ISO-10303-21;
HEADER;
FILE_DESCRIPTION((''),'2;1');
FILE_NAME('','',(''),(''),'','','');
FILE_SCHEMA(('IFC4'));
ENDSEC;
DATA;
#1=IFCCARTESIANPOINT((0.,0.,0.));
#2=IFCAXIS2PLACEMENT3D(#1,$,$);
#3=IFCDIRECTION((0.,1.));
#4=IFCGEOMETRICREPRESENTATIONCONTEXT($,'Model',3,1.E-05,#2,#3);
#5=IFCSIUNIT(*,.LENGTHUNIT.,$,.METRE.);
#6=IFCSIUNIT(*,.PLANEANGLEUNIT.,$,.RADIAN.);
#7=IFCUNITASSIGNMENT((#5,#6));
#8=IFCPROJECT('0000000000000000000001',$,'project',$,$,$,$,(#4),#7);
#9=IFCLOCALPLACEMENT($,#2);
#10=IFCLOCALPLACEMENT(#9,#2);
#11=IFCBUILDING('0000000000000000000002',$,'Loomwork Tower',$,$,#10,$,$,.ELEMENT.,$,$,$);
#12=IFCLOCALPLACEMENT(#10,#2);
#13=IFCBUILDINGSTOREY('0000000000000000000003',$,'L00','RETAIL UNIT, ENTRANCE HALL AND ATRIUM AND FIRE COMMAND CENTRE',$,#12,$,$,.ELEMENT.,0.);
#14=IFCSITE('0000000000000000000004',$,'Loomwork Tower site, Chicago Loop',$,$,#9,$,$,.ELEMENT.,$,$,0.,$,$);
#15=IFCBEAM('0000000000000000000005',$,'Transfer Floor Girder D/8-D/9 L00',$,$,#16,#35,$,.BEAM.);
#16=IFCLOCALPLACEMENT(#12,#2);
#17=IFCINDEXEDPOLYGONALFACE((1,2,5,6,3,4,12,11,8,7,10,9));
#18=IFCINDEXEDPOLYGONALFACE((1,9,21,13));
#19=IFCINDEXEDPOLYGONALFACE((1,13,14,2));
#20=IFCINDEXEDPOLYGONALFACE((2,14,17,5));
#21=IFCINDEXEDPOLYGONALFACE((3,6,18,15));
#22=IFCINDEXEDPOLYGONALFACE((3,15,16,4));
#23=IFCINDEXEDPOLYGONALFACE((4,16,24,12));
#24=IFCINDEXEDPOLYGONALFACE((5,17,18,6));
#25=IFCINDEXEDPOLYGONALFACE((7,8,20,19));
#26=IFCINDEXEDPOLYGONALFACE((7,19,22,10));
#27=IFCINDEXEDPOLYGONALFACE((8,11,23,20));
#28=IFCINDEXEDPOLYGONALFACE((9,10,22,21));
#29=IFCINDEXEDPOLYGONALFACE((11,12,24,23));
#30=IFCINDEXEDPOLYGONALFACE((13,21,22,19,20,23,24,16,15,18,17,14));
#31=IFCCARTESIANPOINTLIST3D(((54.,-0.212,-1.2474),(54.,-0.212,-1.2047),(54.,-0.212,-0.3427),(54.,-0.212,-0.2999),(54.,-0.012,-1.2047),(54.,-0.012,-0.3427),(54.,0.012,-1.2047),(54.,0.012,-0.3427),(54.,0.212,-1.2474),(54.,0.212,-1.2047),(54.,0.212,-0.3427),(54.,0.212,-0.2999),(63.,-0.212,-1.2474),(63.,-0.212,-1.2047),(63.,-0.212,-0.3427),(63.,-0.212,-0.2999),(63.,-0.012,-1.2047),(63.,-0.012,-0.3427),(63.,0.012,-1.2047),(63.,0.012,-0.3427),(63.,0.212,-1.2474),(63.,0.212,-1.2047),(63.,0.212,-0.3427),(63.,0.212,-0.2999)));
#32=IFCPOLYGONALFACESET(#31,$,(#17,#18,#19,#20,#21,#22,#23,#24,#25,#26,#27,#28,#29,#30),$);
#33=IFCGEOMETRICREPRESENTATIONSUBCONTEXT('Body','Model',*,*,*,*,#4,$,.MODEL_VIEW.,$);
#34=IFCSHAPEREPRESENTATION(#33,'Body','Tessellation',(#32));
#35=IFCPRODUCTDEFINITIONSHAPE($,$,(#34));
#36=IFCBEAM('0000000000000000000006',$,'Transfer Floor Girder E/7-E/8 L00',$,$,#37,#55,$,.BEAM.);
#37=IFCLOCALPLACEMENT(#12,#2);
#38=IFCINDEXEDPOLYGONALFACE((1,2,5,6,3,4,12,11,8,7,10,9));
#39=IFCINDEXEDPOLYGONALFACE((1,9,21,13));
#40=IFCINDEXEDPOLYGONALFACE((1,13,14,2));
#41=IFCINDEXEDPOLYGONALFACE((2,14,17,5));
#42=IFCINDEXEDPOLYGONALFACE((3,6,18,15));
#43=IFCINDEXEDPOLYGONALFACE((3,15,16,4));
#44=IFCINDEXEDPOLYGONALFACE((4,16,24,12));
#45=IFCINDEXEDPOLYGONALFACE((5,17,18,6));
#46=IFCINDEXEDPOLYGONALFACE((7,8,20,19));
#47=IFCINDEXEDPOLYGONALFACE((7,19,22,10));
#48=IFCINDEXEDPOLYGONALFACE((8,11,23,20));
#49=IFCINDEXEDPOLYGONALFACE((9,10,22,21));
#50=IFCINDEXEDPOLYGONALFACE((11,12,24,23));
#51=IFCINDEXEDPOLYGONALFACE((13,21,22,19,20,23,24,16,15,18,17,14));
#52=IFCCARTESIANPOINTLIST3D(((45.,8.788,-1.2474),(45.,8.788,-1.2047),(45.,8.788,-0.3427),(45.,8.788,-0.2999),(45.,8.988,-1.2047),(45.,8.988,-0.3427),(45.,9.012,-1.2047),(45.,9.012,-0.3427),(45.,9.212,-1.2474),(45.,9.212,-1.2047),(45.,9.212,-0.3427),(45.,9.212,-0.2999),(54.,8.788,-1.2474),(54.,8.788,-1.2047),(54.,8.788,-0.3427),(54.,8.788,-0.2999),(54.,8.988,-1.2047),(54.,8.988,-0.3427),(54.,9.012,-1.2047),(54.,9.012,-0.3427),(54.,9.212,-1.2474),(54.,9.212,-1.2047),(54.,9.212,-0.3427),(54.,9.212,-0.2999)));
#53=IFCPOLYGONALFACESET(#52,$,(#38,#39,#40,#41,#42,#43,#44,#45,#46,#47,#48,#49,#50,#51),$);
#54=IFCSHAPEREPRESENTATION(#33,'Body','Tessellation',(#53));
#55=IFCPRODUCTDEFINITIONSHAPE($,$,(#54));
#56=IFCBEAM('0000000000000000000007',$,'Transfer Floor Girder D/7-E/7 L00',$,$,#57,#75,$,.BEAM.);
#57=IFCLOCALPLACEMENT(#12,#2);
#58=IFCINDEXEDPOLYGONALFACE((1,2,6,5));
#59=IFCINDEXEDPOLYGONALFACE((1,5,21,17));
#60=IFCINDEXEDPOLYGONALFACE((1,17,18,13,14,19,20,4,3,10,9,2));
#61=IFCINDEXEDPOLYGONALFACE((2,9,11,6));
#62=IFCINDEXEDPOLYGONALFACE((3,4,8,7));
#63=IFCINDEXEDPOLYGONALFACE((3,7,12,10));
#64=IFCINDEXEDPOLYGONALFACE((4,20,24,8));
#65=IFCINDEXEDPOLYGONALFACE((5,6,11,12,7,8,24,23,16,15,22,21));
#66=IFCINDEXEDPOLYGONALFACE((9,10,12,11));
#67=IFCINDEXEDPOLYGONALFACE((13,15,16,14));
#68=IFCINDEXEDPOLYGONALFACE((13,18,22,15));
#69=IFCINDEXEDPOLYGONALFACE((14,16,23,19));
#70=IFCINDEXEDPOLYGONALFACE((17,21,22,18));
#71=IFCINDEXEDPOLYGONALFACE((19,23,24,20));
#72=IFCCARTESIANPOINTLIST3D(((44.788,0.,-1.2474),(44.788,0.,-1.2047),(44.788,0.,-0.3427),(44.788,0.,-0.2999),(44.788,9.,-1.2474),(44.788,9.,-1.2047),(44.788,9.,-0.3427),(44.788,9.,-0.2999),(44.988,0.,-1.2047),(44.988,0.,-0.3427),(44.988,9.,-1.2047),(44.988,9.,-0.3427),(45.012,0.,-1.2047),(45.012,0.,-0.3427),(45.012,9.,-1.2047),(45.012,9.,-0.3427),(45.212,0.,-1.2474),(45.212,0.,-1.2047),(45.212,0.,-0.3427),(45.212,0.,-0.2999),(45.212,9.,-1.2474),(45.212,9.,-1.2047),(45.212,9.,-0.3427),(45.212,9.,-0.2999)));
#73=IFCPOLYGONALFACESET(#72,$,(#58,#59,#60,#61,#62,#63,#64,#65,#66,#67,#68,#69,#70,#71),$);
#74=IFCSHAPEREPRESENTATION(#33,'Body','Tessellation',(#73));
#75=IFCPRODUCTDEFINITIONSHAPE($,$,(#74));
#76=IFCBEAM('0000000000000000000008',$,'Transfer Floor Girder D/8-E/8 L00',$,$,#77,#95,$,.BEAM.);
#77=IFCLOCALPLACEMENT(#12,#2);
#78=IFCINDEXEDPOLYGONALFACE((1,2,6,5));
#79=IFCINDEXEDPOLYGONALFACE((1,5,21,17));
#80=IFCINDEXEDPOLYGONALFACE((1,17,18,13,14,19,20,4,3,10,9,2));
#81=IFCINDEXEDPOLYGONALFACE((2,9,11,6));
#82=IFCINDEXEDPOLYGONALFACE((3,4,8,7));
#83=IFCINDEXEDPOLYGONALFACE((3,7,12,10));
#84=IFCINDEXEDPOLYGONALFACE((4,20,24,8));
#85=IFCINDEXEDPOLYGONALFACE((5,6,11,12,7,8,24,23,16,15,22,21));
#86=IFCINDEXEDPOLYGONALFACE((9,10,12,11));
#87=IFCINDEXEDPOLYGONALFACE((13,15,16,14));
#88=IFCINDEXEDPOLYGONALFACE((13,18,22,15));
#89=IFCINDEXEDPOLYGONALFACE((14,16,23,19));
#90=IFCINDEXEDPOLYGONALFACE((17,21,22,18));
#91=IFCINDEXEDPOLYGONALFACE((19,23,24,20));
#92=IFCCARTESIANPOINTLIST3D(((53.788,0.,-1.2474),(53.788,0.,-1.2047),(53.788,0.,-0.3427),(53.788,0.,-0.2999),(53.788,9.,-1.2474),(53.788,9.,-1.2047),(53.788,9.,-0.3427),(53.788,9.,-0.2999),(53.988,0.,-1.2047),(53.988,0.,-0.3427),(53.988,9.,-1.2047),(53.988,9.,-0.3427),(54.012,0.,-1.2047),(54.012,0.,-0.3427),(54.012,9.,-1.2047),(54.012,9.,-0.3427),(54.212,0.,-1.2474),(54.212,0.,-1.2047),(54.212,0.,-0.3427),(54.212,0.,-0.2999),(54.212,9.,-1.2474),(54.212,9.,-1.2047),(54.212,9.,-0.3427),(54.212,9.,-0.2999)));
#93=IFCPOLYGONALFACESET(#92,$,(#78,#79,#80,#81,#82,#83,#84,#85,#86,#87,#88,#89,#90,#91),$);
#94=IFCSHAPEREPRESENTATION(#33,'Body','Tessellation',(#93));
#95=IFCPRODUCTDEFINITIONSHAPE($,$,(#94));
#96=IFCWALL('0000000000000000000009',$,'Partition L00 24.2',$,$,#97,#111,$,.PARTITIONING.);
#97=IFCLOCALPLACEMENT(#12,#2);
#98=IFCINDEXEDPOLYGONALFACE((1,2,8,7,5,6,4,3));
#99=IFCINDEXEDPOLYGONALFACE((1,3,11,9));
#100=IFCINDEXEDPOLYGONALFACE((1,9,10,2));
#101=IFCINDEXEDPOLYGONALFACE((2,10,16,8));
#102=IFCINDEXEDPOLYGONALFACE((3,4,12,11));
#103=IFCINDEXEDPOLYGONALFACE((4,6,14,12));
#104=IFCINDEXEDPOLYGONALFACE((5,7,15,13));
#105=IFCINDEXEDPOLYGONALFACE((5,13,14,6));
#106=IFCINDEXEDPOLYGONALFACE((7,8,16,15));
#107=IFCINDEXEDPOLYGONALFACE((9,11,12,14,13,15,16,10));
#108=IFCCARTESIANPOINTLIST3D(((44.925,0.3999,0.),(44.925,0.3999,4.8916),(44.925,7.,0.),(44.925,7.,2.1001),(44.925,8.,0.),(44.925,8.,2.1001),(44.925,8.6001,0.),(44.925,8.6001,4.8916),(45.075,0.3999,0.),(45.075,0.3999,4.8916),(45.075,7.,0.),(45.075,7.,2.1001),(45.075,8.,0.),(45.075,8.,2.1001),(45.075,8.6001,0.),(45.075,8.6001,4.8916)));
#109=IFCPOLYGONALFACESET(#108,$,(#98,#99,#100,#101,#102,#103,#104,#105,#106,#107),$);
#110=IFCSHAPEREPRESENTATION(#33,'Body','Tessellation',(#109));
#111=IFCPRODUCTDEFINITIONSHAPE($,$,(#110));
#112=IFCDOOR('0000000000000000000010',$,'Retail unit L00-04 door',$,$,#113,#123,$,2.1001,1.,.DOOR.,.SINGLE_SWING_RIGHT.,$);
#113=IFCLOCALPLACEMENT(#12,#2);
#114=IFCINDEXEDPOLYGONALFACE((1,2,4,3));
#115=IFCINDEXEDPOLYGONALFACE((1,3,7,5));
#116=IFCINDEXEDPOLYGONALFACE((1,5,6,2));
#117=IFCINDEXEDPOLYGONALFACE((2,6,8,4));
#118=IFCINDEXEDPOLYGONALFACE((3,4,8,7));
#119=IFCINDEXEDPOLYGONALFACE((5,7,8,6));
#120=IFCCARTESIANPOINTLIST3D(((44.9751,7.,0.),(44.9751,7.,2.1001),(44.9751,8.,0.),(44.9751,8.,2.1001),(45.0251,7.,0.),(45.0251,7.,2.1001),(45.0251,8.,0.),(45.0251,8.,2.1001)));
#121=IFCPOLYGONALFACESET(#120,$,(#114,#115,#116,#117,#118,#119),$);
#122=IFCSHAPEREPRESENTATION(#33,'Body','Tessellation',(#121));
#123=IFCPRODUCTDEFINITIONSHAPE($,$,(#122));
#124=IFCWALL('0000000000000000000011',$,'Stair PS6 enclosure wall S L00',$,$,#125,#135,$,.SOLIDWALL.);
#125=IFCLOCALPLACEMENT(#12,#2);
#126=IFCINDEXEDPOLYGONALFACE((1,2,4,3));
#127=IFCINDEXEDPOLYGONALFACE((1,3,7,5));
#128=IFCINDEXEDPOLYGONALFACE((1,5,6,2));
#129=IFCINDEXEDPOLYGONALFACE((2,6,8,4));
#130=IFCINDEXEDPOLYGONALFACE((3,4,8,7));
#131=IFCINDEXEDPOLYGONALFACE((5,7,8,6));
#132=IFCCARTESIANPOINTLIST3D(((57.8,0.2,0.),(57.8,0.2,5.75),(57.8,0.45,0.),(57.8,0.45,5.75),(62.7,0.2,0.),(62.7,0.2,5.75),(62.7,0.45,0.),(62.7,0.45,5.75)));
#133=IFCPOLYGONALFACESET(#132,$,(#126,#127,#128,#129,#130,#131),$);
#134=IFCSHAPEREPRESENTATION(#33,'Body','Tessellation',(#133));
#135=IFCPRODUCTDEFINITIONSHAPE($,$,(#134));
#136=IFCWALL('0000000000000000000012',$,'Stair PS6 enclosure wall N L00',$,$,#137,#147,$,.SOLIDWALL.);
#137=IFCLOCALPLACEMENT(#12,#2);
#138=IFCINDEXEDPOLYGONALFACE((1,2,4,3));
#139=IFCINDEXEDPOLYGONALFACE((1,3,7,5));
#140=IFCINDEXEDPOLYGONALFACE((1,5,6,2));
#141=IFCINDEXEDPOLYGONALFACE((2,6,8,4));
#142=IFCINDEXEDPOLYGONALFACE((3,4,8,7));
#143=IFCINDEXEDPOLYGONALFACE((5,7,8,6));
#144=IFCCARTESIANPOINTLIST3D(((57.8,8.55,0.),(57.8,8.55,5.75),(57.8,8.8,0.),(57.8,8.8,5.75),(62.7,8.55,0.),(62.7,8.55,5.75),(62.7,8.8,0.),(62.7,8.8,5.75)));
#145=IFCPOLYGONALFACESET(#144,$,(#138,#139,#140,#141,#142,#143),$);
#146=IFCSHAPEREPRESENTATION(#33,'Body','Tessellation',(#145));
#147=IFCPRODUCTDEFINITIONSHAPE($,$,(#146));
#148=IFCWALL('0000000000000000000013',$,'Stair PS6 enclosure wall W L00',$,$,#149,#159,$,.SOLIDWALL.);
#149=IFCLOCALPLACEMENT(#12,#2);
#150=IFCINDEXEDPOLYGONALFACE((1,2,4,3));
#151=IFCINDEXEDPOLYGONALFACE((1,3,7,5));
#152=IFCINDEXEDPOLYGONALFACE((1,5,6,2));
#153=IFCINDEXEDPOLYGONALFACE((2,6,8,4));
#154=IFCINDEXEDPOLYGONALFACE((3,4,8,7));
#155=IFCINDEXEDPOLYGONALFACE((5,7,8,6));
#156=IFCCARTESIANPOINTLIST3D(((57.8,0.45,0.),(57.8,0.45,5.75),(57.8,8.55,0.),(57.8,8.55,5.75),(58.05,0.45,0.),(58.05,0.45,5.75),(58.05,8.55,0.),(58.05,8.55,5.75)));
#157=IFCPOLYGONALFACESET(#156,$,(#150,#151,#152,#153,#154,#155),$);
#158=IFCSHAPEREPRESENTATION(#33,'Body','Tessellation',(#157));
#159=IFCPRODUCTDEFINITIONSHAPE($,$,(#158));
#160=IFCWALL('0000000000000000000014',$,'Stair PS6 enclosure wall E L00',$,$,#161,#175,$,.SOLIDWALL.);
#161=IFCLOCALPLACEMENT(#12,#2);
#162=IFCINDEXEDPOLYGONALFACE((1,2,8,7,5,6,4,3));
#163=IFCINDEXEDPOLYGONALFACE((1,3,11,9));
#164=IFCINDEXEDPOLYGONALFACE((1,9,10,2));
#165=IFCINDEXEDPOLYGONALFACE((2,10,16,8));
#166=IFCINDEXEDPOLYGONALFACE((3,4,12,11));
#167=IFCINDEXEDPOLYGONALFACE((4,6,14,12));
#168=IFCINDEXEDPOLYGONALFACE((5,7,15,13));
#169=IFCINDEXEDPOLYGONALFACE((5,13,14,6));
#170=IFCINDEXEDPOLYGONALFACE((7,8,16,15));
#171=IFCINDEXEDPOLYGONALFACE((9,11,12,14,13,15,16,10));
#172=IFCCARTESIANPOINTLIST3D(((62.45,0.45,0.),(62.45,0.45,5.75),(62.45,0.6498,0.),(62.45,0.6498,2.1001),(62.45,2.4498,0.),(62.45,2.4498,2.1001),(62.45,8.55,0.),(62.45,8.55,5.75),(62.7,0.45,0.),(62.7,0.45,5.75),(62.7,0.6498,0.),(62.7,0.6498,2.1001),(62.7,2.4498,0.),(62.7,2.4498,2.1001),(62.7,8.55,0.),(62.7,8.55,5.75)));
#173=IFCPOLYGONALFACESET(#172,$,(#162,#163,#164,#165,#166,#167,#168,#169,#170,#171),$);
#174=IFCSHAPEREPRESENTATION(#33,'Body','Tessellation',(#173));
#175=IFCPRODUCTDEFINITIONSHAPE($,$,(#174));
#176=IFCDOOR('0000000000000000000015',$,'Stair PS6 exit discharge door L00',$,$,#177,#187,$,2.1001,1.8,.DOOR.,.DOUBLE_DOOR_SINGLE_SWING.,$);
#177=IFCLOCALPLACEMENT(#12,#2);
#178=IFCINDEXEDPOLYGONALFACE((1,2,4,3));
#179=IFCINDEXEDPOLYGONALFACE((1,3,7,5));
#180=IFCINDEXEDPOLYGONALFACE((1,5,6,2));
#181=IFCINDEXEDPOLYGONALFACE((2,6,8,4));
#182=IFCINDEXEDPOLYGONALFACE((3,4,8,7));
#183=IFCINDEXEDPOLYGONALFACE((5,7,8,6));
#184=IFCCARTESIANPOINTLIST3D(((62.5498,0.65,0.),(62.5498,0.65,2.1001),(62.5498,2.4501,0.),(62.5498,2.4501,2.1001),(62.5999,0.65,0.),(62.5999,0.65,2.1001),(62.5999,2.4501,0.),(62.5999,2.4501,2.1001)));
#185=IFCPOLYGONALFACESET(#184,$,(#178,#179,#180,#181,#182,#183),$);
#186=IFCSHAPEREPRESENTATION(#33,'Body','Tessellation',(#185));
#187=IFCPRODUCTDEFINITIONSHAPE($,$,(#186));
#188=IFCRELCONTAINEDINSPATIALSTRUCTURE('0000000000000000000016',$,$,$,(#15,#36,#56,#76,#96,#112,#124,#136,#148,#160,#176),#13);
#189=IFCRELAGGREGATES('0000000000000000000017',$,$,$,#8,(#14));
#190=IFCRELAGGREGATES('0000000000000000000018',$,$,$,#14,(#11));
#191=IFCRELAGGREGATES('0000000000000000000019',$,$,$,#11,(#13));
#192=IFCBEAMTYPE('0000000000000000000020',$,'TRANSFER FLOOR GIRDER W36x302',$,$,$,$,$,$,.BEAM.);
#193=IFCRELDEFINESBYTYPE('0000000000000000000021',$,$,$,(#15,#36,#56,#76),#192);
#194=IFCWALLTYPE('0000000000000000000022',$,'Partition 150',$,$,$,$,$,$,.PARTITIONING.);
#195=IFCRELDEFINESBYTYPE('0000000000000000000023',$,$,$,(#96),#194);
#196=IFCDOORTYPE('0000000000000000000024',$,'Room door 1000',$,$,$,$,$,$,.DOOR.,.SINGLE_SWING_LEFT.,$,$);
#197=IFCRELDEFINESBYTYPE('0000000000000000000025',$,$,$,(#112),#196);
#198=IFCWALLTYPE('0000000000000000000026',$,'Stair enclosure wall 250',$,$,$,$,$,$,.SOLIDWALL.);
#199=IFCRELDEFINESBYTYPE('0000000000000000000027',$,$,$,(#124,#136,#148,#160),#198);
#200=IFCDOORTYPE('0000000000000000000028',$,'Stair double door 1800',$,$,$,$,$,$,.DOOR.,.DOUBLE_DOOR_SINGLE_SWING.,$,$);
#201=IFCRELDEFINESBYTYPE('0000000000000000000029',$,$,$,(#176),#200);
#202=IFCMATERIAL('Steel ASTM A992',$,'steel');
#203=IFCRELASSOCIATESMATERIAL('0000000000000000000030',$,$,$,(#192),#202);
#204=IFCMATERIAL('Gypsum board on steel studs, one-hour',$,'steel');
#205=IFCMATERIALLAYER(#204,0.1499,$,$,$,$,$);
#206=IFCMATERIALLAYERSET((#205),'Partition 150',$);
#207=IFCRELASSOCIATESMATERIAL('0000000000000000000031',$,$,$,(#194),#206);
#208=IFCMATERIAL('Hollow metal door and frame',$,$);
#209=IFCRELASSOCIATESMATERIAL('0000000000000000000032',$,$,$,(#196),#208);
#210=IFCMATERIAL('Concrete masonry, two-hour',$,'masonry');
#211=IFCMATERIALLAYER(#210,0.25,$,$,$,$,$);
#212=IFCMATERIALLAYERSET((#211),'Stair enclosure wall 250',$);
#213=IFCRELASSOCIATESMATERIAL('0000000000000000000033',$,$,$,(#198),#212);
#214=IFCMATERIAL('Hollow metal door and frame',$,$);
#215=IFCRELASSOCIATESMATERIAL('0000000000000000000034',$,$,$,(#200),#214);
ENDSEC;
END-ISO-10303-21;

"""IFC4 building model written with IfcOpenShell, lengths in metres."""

from ifc_helpers import new_model, si_unit, direction, frame, frame_2d, origin, origin_2d, place, context, subcontext, project, spatial, rectangle, i_section, extrude, material, layer, layer_set, material_profile, profile_set, type_object, element, fill, save


model = new_model("IFC4")

# Units and contexts
model_context = context("Model", 3, precision=1e-05, world=origin(), true_north=direction((0.0, 1.0)))
body_context = subcontext(model_context, "Body", "Model", "MODEL_VIEW")
ifc_project = project(units=[si_unit("LENGTHUNIT", "METRE"), si_unit("PLANEANGLEUNIT", "RADIAN")], contexts=[model_context])

# Site, building, storey
site_placement = place(None, origin())
site = spatial("IfcSite", under=ifc_project, at=site_placement, Name="Loomwork Tower site, Chicago Loop", CompositionType="ELEMENT", RefElevation=0.0)
building_placement = place(site_placement, origin())
building = spatial("IfcBuilding", under=site, at=building_placement, Name="Loomwork Tower", CompositionType="ELEMENT")
storey_placement = place(building_placement, origin())
storey = spatial("IfcBuildingStorey", under=building, at=storey_placement, Name="L00", Description="RETAIL UNIT, ENTRANCE HALL AND ATRIUM AND FIRE COMMAND CENTRE", CompositionType="ELEMENT", Elevation=0.0)

# Beams
ifc_material_1 = material(Name="Steel ASTM A992", Category="steel")
ifc_material_profile_1 = material_profile(ifc_material_1, i_section(OverallWidth=0.4241, OverallDepth=0.9475, WebThickness=0.0239, FlangeThickness=0.0427, at=origin_2d()), Name="W36x302")
ifc_profile_set_1 = profile_set([ifc_material_profile_1], Name="Steel ASTM A992")
beam_type_1 = type_object("IfcBeamType", Name="TRANSFER FLOOR GIRDER W36x302", PredefinedType="BEAM", material=ifc_profile_set_1)
for number, where, z_axis, x_axis, name in (
    (1, (54.0, 0.0, -0.7737), (1.0, 0.0, 0.0), (0.0, 1.0, 0.0), "Transfer Floor Girder D/8-D/9 L00"),
    (2, (45.0, 9.0, -0.7737), (1.0, 0.0, 0.0), (0.0, 1.0, 0.0), "Transfer Floor Girder E/7-E/8 L00"),
    (3, (45.0, 0.0, -0.7737), (0.0, 1.0, 0.0), (-1.0, 0.0, 0.0), "Transfer Floor Girder D/7-E/7 L00"),
    (4, (54.0, 0.0, -0.7737), (0.0, 1.0, 0.0), (-1.0, 0.0, 0.0), "Transfer Floor Girder D/8-E/8 L00"),
):
    element("IfcBeam", number, at=place(storey_placement, frame(where, z_axis=z_axis, x_axis=x_axis)), inside=storey, type_object=beam_type_1, Name=name, PredefinedType="BEAM", context=body_context, shape_type="SweptSolid", body=[
        extrude(i_section(OverallWidth=0.4241, OverallDepth=0.9475, WebThickness=0.0239, FlangeThickness=0.0427, at=origin_2d()), origin(), (0.0, 0.0, 1.0), 9.0),
    ])

# Wall, opening, door
ifc_material_2 = material(Name="Gypsum board on steel studs, one-hour", Category="steel")
ifc_layer_1 = layer(ifc_material_2, 0.1499)
ifc_layer_set_1 = layer_set([ifc_layer_1], Name="Partition 150")
wall_type_1 = type_object("IfcWallType", Name="Partition 150", PredefinedType="PARTITIONING", material=ifc_layer_set_1)
wall_1_placement = place(storey_placement, frame((45.0, 0.3999, 0.0), z_axis=(0.0, 0.0, 1.0), x_axis=(0.0, 1.0, 0.0)))
wall_1 = element("IfcWall", 5, at=wall_1_placement, inside=storey, type_object=wall_type_1, Name="Partition L00 24.2", PredefinedType="PARTITIONING", context=body_context, shape_type="SweptSolid", body=[
    extrude(rectangle(XDim=8.2002, YDim=0.1499, at=frame_2d((4.1001, 0.0))), origin(), (0.0, 0.0, 1.0), 4.8916),
])
opening_1_placement = place(wall_1_placement, frame((6.6001, 0.0, 0.0)))
opening_1 = element("IfcOpeningElement", 6, at=opening_1_placement, cuts=wall_1, PredefinedType="OPENING", context=body_context, shape_type="SweptSolid", body=[
    extrude(rectangle(XDim=1.0, YDim=2.1001, at=frame_2d((0.5, 1.05))), frame((0.0, 0.085, 0.0), z_axis=(0.0, -1.0, 0.0), x_axis=(1.0, 0.0, 0.0)), (0.0, 0.0, 1.0), 0.1699),
])
ifc_material_3 = material(Name="Hollow metal door and frame")
door_type_1 = type_object("IfcDoorType", Name="Room door 1000", OperationType="SINGLE_SWING_LEFT", PredefinedType="DOOR", material=ifc_material_3)
door_1_placement = place(opening_1_placement, origin())
door_1 = element("IfcDoor", 7, at=door_1_placement, inside=storey, type_object=door_type_1, Name="Retail unit L00-04 door", OperationType="SINGLE_SWING_RIGHT", OverallHeight=2.1001, OverallWidth=1.0, PredefinedType="DOOR", context=body_context, shape_type="SweptSolid", body=[
    extrude(rectangle(XDim=1.0, YDim=2.1001, at=frame_2d((0.5, 1.05))), frame((0.0, 0.0249, 0.0), z_axis=(0.0, -1.0, 0.0), x_axis=(1.0, 0.0, 0.0)), (0.0, 0.0, 1.0), 0.05),
])
fill(opening_1, door_1)

# Walls
ifc_material_4 = material(Name="Concrete masonry, two-hour", Category="masonry")
ifc_layer_2 = layer(ifc_material_4, 0.25)
ifc_layer_set_2 = layer_set([ifc_layer_2], Name="Stair enclosure wall 250")
wall_type_2 = type_object("IfcWallType", Name="Stair enclosure wall 250", PredefinedType="SOLIDWALL", material=ifc_layer_set_2)
for number, where, z_axis, x_axis, name in (
    (8, (57.8, 0.325, 0.0), (0.0, 0.0, 1.0), (1.0, 0.0, 0.0), "Stair PS6 enclosure wall S L00"),
    (9, (57.8, 8.675, 0.0), (0.0, 0.0, 1.0), (1.0, 0.0, 0.0), "Stair PS6 enclosure wall N L00"),
):
    element("IfcWall", number, at=place(storey_placement, frame(where, z_axis=z_axis, x_axis=x_axis)), inside=storey, type_object=wall_type_2, Name=name, PredefinedType="SOLIDWALL", context=body_context, shape_type="SweptSolid", body=[
        extrude(rectangle(XDim=4.8999, YDim=0.25, at=frame_2d((2.45, 0.0))), origin(), (0.0, 0.0, 1.0), 5.75),
    ])
wall_2_placement = place(storey_placement, frame((57.925, 0.45, 0.0), z_axis=(0.0, 0.0, 1.0), x_axis=(0.0, 1.0, 0.0)))
element("IfcWall", 10, at=wall_2_placement, inside=storey, type_object=wall_type_2, Name="Stair PS6 enclosure wall W L00", PredefinedType="SOLIDWALL", context=body_context, shape_type="SweptSolid", body=[
    extrude(rectangle(XDim=8.1001, YDim=0.25, at=frame_2d((4.05, 0.0))), origin(), (0.0, 0.0, 1.0), 5.75),
])

# Wall, opening, door
wall_3_placement = place(storey_placement, frame((62.575, 0.45, 0.0), z_axis=(0.0, 0.0, 1.0), x_axis=(0.0, 1.0, 0.0)))
wall_3 = element("IfcWall", 11, at=wall_3_placement, inside=storey, type_object=wall_type_2, Name="Stair PS6 enclosure wall E L00", PredefinedType="SOLIDWALL", context=body_context, shape_type="SweptSolid", body=[
    extrude(rectangle(XDim=8.1001, YDim=0.25, at=frame_2d((4.05, 0.0))), origin(), (0.0, 0.0, 1.0), 5.75),
])
opening_2_placement = place(wall_3_placement, frame((0.2, 0.0, 0.0)))
opening_2 = element("IfcOpeningElement", 12, at=opening_2_placement, cuts=wall_3, PredefinedType="OPENING", context=body_context, shape_type="SweptSolid", body=[
    extrude(rectangle(XDim=1.8, YDim=2.1001, at=frame_2d((0.8999, 1.05))), frame((0.0, 0.135, 0.0), z_axis=(0.0, -1.0, 0.0), x_axis=(1.0, 0.0, 0.0)), (0.0, 0.0, 1.0), 0.27),
])
ifc_material_5 = material(Name="Hollow metal door and frame")
door_type_2 = type_object("IfcDoorType", Name="Stair double door 1800", OperationType="DOUBLE_DOOR_SINGLE_SWING", PredefinedType="DOOR", material=ifc_material_5)
door_2_placement = place(opening_2_placement, frame((1.8, 0.0, 0.0), z_axis=(0.0, 0.0, 1.0), x_axis=(-1.0, 0.0, 0.0)))
door_2 = element("IfcDoor", 13, at=door_2_placement, inside=storey, type_object=door_type_2, Name="Stair PS6 exit discharge door L00", OperationType="DOUBLE_DOOR_SINGLE_SWING", OverallHeight=2.1001, OverallWidth=1.8, PredefinedType="DOOR", context=body_context, shape_type="SweptSolid", body=[
    extrude(rectangle(XDim=1.8, YDim=2.1001, at=frame_2d((0.8999, 1.05))), frame((0.0, 0.0249, 0.0), z_axis=(0.0, -1.0, 0.0), x_axis=(1.0, 0.0, 0.0)), (0.0, 0.0, 1.0), 0.05),
])
fill(opening_2, door_2)

save(model, "model.ifc")
